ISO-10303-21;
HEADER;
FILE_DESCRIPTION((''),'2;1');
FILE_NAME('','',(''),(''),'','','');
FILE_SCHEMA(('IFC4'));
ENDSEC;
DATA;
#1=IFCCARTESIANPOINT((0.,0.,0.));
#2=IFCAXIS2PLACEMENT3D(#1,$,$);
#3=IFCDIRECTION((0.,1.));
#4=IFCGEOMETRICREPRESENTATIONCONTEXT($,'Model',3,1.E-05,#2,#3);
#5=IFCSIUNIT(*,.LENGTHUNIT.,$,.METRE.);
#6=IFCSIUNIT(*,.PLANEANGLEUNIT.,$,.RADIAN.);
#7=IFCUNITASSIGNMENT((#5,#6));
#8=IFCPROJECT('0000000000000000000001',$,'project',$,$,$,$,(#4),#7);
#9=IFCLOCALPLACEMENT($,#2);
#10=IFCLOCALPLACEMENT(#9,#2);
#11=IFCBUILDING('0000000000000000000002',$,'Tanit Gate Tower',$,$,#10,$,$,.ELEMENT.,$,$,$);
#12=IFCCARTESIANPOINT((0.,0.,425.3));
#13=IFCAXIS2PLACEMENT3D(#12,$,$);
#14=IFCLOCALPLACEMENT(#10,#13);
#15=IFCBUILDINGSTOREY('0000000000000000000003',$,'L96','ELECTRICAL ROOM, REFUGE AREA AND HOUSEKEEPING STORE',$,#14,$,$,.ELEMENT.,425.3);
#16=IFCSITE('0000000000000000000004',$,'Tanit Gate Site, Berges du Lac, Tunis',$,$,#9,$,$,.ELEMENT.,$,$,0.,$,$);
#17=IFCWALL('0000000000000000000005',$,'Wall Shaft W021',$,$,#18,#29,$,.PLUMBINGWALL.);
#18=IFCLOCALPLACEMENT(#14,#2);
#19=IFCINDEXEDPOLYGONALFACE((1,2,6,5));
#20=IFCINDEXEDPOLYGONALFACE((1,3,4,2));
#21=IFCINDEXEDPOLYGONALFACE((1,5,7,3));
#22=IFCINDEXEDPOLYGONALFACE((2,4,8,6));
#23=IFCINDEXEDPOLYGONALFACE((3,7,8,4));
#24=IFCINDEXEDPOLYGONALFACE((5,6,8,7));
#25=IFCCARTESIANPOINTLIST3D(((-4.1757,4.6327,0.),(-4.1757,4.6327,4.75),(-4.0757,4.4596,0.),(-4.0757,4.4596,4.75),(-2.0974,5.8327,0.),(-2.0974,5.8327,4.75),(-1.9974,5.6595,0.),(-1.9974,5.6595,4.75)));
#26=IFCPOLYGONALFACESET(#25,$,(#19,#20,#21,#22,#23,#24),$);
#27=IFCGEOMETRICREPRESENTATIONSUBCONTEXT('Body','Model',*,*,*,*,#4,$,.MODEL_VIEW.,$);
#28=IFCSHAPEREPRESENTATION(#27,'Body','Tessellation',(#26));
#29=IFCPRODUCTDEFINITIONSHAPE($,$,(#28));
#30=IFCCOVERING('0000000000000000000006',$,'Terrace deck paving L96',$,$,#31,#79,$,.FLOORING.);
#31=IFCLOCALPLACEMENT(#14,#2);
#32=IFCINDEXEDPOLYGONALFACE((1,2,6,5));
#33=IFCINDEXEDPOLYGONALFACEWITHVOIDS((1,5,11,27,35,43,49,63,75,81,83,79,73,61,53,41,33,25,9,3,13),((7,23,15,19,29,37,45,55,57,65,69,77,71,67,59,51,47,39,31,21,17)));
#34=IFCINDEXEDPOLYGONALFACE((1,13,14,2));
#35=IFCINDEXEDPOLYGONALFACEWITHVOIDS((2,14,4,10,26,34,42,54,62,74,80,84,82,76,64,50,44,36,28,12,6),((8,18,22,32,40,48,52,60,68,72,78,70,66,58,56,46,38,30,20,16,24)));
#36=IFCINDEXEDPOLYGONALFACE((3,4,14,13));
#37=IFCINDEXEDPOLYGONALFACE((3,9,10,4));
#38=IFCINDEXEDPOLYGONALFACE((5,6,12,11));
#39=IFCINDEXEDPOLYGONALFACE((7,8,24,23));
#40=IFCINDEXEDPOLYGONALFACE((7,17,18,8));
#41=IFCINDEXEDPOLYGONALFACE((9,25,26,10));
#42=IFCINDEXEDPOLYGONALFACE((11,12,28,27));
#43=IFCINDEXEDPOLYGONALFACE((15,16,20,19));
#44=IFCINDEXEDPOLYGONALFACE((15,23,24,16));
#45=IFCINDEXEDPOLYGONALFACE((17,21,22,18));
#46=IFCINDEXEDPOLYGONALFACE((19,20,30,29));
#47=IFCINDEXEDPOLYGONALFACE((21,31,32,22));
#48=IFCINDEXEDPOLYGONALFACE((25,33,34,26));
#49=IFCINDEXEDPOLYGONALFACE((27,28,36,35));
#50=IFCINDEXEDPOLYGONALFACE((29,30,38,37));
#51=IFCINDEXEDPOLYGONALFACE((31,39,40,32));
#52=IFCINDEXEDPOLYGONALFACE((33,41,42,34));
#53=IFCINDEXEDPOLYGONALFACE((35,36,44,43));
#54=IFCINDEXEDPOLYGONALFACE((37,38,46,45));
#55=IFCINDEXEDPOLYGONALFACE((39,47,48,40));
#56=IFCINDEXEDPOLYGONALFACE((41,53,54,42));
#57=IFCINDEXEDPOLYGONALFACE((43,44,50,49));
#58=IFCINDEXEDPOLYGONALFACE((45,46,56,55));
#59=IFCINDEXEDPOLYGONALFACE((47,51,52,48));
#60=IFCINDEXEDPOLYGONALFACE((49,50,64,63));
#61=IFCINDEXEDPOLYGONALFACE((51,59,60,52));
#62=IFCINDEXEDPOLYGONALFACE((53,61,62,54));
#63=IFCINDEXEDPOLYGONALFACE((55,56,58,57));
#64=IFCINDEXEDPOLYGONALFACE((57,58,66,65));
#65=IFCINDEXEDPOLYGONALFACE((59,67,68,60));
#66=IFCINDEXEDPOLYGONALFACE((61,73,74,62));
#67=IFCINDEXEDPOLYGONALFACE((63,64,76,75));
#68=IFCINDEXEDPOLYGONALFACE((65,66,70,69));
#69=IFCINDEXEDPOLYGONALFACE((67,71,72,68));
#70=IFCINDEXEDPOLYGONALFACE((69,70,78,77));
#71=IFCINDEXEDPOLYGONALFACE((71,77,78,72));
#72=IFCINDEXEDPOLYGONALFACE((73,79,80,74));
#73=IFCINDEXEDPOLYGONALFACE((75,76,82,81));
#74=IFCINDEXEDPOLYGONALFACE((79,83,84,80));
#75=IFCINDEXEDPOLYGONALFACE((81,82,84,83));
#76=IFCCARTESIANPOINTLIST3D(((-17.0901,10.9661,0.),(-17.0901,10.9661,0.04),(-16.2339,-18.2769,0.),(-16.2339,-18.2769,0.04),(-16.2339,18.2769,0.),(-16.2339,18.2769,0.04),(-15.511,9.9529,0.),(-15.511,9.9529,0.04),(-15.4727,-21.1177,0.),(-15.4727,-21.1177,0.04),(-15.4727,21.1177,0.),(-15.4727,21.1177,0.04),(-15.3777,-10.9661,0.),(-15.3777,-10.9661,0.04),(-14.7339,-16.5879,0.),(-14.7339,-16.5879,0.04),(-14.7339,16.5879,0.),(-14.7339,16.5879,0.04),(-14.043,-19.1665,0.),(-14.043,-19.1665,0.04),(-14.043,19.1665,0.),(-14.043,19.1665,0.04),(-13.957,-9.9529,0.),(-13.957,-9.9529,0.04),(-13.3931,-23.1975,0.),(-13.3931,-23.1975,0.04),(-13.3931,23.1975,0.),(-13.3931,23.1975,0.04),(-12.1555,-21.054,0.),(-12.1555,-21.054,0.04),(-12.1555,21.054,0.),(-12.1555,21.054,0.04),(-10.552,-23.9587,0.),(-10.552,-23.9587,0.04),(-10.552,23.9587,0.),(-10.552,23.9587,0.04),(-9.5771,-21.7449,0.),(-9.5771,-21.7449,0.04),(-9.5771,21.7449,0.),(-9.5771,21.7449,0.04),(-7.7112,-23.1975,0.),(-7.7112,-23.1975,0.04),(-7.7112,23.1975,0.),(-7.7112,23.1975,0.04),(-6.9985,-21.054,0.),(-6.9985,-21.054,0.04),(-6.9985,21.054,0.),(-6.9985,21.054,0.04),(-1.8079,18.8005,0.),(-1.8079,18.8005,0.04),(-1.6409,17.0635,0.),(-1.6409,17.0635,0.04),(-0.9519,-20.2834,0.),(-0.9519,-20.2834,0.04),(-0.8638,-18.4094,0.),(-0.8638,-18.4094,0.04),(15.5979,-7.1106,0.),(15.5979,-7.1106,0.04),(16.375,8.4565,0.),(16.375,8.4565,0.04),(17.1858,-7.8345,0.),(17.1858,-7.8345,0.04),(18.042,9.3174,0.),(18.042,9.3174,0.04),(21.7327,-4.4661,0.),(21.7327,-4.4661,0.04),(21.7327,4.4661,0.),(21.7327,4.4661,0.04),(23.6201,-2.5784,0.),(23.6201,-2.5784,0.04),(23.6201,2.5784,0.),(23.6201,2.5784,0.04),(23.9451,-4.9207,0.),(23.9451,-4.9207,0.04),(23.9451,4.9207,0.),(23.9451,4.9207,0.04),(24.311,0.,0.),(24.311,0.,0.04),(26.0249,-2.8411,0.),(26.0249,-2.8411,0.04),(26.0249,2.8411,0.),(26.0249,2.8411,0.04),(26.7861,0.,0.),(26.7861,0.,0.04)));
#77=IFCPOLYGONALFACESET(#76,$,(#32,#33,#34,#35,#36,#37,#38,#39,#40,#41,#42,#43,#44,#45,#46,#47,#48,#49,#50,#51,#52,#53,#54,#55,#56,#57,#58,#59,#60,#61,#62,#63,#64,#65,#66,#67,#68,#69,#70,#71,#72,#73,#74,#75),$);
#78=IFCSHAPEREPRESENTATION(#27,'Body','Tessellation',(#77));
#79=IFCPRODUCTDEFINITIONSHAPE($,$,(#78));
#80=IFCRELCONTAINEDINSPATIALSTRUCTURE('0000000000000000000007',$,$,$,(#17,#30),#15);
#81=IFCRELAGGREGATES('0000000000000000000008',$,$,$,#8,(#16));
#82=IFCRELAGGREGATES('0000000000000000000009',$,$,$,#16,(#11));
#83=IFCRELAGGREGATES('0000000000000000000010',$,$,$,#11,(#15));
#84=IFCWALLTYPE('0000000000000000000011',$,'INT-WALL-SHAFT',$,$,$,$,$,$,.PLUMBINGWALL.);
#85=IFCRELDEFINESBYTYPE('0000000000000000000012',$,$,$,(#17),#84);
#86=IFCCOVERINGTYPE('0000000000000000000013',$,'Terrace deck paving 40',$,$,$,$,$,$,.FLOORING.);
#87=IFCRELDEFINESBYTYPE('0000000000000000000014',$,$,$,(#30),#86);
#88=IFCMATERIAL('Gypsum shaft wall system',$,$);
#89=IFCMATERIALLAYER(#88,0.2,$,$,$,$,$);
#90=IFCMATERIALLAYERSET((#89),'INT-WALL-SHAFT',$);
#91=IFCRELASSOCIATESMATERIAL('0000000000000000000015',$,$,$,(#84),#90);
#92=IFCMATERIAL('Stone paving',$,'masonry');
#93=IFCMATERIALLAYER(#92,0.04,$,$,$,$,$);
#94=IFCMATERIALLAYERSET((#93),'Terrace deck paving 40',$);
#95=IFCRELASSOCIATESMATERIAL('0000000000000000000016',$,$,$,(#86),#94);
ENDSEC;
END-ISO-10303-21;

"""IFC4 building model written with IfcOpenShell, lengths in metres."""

from ifc_helpers import new_model, si_unit, direction, frame, frame_2d, origin, place, context, subcontext, project, spatial, polyline, rectangle, outline, extrude, material, layer, layer_set, type_object, element, save


model = new_model("IFC4")

# Units and contexts
model_context = context("Model", 3, precision=1e-05, world=origin(), true_north=direction((0.0, 1.0)))
body_context = subcontext(model_context, "Body", "Model", "MODEL_VIEW")
ifc_project = project(units=[si_unit("LENGTHUNIT", "METRE"), si_unit("PLANEANGLEUNIT", "RADIAN")], contexts=[model_context])

# Site, building, storey
site_placement = place(None, origin())
site = spatial("IfcSite", under=ifc_project, at=site_placement, Name="Tanit Gate Site, Berges du Lac, Tunis", CompositionType="ELEMENT", RefElevation=0.0)
building_placement = place(site_placement, origin())
building = spatial("IfcBuilding", under=site, at=building_placement, Name="Tanit Gate Tower", CompositionType="ELEMENT")
storey_placement = place(building_placement, frame((0.0, 0.0, 425.3)))
storey = spatial("IfcBuildingStorey", under=building, at=storey_placement, Name="L96", Description="ELECTRICAL ROOM, REFUGE AREA AND HOUSEKEEPING STORE", CompositionType="ELEMENT", Elevation=425.3)

# Shared definitions
ifc_material_1 = material(Name="Gypsum shaft wall system")
ifc_layer_1 = layer(ifc_material_1, 0.2)
ifc_layer_set_1 = layer_set([ifc_layer_1], Name="INT-WALL-SHAFT")
wall_type_1 = type_object("IfcWallType", Name="INT-WALL-SHAFT", PredefinedType="PLUMBINGWALL", material=ifc_layer_set_1)

# Wall
wall_1_placement = place(storey_placement, frame((-2.0474, 5.7461, 0.0), z_axis=(0.0, 0.0, 1.0), x_axis=(-0.866025, -0.500001, 0.0)))
element("IfcWall", 1, at=wall_1_placement, inside=storey, type_object=wall_type_1, Name="Wall Shaft W021", PredefinedType="PLUMBINGWALL", context=body_context, shape_type="SweptSolid", body=[
    extrude(rectangle(XDim=2.3999, YDim=0.2, at=frame_2d((1.2, 0.0))), origin(), (0.0, 0.0, 1.0), 4.75),
])

# Covering
ifc_material_2 = material(Name="Stone paving", Category="masonry")
ifc_layer_2 = layer(ifc_material_2, 0.04)
ifc_layer_set_2 = layer_set([ifc_layer_2], Name="Terrace deck paving 40")
covering_type = type_object("IfcCoveringType", Name="Terrace deck paving 40", PredefinedType="FLOORING", material=ifc_layer_set_2)
covering_placement = place(storey_placement, origin())
element("IfcCovering", 2, at=covering_placement, inside=storey, type_object=covering_type, Name="Terrace deck paving L96", PredefinedType="FLOORING", context=body_context, shape_type="SweptSolid", body=[
    extrude(outline(polyline([(26.0249, 2.8411), (26.7861, 0.0), (26.0249, -2.8411), (23.9451, -4.9207), (17.1858, -7.8345), (-0.9519, -20.2834), (-7.7112, -23.1975), (-10.552, -23.9587), (-13.3931, -23.1975), (-15.4727, -21.1177), (-16.2339, -18.2769), (-15.3777, -10.9661), (-17.0901, 10.9661), (-16.2339, 18.2769), (-15.4727, 21.1177), (-13.3931, 23.1975), (-10.552, 23.9587), (-7.7112, 23.1975), (-1.8079, 18.8005), (18.042, 9.3174), (23.9451, 4.9207), (26.0249, 2.8411)]), holes=[polyline([(16.375, 8.4565), (-1.6409, 17.0635), (-6.9985, 21.054), (-9.5771, 21.7449), (-12.1555, 21.054), (-14.043, 19.1665), (-14.7339, 16.5879), (-15.511, 9.9529), (-13.957, -9.9529), (-14.7339, -16.5879), (-14.043, -19.1665), (-12.1555, -21.054), (-9.5771, -21.7449), (-6.9985, -21.054), (-0.8638, -18.4094), (15.5979, -7.1106), (21.7327, -4.4661), (23.6201, -2.5784), (24.311, 0.0), (23.6201, 2.5784), (21.7327, 4.4661), (16.375, 8.4565)])]), origin(), (0.0, 0.0, 1.0), 0.04),
])

save(model, "model.ifc")
